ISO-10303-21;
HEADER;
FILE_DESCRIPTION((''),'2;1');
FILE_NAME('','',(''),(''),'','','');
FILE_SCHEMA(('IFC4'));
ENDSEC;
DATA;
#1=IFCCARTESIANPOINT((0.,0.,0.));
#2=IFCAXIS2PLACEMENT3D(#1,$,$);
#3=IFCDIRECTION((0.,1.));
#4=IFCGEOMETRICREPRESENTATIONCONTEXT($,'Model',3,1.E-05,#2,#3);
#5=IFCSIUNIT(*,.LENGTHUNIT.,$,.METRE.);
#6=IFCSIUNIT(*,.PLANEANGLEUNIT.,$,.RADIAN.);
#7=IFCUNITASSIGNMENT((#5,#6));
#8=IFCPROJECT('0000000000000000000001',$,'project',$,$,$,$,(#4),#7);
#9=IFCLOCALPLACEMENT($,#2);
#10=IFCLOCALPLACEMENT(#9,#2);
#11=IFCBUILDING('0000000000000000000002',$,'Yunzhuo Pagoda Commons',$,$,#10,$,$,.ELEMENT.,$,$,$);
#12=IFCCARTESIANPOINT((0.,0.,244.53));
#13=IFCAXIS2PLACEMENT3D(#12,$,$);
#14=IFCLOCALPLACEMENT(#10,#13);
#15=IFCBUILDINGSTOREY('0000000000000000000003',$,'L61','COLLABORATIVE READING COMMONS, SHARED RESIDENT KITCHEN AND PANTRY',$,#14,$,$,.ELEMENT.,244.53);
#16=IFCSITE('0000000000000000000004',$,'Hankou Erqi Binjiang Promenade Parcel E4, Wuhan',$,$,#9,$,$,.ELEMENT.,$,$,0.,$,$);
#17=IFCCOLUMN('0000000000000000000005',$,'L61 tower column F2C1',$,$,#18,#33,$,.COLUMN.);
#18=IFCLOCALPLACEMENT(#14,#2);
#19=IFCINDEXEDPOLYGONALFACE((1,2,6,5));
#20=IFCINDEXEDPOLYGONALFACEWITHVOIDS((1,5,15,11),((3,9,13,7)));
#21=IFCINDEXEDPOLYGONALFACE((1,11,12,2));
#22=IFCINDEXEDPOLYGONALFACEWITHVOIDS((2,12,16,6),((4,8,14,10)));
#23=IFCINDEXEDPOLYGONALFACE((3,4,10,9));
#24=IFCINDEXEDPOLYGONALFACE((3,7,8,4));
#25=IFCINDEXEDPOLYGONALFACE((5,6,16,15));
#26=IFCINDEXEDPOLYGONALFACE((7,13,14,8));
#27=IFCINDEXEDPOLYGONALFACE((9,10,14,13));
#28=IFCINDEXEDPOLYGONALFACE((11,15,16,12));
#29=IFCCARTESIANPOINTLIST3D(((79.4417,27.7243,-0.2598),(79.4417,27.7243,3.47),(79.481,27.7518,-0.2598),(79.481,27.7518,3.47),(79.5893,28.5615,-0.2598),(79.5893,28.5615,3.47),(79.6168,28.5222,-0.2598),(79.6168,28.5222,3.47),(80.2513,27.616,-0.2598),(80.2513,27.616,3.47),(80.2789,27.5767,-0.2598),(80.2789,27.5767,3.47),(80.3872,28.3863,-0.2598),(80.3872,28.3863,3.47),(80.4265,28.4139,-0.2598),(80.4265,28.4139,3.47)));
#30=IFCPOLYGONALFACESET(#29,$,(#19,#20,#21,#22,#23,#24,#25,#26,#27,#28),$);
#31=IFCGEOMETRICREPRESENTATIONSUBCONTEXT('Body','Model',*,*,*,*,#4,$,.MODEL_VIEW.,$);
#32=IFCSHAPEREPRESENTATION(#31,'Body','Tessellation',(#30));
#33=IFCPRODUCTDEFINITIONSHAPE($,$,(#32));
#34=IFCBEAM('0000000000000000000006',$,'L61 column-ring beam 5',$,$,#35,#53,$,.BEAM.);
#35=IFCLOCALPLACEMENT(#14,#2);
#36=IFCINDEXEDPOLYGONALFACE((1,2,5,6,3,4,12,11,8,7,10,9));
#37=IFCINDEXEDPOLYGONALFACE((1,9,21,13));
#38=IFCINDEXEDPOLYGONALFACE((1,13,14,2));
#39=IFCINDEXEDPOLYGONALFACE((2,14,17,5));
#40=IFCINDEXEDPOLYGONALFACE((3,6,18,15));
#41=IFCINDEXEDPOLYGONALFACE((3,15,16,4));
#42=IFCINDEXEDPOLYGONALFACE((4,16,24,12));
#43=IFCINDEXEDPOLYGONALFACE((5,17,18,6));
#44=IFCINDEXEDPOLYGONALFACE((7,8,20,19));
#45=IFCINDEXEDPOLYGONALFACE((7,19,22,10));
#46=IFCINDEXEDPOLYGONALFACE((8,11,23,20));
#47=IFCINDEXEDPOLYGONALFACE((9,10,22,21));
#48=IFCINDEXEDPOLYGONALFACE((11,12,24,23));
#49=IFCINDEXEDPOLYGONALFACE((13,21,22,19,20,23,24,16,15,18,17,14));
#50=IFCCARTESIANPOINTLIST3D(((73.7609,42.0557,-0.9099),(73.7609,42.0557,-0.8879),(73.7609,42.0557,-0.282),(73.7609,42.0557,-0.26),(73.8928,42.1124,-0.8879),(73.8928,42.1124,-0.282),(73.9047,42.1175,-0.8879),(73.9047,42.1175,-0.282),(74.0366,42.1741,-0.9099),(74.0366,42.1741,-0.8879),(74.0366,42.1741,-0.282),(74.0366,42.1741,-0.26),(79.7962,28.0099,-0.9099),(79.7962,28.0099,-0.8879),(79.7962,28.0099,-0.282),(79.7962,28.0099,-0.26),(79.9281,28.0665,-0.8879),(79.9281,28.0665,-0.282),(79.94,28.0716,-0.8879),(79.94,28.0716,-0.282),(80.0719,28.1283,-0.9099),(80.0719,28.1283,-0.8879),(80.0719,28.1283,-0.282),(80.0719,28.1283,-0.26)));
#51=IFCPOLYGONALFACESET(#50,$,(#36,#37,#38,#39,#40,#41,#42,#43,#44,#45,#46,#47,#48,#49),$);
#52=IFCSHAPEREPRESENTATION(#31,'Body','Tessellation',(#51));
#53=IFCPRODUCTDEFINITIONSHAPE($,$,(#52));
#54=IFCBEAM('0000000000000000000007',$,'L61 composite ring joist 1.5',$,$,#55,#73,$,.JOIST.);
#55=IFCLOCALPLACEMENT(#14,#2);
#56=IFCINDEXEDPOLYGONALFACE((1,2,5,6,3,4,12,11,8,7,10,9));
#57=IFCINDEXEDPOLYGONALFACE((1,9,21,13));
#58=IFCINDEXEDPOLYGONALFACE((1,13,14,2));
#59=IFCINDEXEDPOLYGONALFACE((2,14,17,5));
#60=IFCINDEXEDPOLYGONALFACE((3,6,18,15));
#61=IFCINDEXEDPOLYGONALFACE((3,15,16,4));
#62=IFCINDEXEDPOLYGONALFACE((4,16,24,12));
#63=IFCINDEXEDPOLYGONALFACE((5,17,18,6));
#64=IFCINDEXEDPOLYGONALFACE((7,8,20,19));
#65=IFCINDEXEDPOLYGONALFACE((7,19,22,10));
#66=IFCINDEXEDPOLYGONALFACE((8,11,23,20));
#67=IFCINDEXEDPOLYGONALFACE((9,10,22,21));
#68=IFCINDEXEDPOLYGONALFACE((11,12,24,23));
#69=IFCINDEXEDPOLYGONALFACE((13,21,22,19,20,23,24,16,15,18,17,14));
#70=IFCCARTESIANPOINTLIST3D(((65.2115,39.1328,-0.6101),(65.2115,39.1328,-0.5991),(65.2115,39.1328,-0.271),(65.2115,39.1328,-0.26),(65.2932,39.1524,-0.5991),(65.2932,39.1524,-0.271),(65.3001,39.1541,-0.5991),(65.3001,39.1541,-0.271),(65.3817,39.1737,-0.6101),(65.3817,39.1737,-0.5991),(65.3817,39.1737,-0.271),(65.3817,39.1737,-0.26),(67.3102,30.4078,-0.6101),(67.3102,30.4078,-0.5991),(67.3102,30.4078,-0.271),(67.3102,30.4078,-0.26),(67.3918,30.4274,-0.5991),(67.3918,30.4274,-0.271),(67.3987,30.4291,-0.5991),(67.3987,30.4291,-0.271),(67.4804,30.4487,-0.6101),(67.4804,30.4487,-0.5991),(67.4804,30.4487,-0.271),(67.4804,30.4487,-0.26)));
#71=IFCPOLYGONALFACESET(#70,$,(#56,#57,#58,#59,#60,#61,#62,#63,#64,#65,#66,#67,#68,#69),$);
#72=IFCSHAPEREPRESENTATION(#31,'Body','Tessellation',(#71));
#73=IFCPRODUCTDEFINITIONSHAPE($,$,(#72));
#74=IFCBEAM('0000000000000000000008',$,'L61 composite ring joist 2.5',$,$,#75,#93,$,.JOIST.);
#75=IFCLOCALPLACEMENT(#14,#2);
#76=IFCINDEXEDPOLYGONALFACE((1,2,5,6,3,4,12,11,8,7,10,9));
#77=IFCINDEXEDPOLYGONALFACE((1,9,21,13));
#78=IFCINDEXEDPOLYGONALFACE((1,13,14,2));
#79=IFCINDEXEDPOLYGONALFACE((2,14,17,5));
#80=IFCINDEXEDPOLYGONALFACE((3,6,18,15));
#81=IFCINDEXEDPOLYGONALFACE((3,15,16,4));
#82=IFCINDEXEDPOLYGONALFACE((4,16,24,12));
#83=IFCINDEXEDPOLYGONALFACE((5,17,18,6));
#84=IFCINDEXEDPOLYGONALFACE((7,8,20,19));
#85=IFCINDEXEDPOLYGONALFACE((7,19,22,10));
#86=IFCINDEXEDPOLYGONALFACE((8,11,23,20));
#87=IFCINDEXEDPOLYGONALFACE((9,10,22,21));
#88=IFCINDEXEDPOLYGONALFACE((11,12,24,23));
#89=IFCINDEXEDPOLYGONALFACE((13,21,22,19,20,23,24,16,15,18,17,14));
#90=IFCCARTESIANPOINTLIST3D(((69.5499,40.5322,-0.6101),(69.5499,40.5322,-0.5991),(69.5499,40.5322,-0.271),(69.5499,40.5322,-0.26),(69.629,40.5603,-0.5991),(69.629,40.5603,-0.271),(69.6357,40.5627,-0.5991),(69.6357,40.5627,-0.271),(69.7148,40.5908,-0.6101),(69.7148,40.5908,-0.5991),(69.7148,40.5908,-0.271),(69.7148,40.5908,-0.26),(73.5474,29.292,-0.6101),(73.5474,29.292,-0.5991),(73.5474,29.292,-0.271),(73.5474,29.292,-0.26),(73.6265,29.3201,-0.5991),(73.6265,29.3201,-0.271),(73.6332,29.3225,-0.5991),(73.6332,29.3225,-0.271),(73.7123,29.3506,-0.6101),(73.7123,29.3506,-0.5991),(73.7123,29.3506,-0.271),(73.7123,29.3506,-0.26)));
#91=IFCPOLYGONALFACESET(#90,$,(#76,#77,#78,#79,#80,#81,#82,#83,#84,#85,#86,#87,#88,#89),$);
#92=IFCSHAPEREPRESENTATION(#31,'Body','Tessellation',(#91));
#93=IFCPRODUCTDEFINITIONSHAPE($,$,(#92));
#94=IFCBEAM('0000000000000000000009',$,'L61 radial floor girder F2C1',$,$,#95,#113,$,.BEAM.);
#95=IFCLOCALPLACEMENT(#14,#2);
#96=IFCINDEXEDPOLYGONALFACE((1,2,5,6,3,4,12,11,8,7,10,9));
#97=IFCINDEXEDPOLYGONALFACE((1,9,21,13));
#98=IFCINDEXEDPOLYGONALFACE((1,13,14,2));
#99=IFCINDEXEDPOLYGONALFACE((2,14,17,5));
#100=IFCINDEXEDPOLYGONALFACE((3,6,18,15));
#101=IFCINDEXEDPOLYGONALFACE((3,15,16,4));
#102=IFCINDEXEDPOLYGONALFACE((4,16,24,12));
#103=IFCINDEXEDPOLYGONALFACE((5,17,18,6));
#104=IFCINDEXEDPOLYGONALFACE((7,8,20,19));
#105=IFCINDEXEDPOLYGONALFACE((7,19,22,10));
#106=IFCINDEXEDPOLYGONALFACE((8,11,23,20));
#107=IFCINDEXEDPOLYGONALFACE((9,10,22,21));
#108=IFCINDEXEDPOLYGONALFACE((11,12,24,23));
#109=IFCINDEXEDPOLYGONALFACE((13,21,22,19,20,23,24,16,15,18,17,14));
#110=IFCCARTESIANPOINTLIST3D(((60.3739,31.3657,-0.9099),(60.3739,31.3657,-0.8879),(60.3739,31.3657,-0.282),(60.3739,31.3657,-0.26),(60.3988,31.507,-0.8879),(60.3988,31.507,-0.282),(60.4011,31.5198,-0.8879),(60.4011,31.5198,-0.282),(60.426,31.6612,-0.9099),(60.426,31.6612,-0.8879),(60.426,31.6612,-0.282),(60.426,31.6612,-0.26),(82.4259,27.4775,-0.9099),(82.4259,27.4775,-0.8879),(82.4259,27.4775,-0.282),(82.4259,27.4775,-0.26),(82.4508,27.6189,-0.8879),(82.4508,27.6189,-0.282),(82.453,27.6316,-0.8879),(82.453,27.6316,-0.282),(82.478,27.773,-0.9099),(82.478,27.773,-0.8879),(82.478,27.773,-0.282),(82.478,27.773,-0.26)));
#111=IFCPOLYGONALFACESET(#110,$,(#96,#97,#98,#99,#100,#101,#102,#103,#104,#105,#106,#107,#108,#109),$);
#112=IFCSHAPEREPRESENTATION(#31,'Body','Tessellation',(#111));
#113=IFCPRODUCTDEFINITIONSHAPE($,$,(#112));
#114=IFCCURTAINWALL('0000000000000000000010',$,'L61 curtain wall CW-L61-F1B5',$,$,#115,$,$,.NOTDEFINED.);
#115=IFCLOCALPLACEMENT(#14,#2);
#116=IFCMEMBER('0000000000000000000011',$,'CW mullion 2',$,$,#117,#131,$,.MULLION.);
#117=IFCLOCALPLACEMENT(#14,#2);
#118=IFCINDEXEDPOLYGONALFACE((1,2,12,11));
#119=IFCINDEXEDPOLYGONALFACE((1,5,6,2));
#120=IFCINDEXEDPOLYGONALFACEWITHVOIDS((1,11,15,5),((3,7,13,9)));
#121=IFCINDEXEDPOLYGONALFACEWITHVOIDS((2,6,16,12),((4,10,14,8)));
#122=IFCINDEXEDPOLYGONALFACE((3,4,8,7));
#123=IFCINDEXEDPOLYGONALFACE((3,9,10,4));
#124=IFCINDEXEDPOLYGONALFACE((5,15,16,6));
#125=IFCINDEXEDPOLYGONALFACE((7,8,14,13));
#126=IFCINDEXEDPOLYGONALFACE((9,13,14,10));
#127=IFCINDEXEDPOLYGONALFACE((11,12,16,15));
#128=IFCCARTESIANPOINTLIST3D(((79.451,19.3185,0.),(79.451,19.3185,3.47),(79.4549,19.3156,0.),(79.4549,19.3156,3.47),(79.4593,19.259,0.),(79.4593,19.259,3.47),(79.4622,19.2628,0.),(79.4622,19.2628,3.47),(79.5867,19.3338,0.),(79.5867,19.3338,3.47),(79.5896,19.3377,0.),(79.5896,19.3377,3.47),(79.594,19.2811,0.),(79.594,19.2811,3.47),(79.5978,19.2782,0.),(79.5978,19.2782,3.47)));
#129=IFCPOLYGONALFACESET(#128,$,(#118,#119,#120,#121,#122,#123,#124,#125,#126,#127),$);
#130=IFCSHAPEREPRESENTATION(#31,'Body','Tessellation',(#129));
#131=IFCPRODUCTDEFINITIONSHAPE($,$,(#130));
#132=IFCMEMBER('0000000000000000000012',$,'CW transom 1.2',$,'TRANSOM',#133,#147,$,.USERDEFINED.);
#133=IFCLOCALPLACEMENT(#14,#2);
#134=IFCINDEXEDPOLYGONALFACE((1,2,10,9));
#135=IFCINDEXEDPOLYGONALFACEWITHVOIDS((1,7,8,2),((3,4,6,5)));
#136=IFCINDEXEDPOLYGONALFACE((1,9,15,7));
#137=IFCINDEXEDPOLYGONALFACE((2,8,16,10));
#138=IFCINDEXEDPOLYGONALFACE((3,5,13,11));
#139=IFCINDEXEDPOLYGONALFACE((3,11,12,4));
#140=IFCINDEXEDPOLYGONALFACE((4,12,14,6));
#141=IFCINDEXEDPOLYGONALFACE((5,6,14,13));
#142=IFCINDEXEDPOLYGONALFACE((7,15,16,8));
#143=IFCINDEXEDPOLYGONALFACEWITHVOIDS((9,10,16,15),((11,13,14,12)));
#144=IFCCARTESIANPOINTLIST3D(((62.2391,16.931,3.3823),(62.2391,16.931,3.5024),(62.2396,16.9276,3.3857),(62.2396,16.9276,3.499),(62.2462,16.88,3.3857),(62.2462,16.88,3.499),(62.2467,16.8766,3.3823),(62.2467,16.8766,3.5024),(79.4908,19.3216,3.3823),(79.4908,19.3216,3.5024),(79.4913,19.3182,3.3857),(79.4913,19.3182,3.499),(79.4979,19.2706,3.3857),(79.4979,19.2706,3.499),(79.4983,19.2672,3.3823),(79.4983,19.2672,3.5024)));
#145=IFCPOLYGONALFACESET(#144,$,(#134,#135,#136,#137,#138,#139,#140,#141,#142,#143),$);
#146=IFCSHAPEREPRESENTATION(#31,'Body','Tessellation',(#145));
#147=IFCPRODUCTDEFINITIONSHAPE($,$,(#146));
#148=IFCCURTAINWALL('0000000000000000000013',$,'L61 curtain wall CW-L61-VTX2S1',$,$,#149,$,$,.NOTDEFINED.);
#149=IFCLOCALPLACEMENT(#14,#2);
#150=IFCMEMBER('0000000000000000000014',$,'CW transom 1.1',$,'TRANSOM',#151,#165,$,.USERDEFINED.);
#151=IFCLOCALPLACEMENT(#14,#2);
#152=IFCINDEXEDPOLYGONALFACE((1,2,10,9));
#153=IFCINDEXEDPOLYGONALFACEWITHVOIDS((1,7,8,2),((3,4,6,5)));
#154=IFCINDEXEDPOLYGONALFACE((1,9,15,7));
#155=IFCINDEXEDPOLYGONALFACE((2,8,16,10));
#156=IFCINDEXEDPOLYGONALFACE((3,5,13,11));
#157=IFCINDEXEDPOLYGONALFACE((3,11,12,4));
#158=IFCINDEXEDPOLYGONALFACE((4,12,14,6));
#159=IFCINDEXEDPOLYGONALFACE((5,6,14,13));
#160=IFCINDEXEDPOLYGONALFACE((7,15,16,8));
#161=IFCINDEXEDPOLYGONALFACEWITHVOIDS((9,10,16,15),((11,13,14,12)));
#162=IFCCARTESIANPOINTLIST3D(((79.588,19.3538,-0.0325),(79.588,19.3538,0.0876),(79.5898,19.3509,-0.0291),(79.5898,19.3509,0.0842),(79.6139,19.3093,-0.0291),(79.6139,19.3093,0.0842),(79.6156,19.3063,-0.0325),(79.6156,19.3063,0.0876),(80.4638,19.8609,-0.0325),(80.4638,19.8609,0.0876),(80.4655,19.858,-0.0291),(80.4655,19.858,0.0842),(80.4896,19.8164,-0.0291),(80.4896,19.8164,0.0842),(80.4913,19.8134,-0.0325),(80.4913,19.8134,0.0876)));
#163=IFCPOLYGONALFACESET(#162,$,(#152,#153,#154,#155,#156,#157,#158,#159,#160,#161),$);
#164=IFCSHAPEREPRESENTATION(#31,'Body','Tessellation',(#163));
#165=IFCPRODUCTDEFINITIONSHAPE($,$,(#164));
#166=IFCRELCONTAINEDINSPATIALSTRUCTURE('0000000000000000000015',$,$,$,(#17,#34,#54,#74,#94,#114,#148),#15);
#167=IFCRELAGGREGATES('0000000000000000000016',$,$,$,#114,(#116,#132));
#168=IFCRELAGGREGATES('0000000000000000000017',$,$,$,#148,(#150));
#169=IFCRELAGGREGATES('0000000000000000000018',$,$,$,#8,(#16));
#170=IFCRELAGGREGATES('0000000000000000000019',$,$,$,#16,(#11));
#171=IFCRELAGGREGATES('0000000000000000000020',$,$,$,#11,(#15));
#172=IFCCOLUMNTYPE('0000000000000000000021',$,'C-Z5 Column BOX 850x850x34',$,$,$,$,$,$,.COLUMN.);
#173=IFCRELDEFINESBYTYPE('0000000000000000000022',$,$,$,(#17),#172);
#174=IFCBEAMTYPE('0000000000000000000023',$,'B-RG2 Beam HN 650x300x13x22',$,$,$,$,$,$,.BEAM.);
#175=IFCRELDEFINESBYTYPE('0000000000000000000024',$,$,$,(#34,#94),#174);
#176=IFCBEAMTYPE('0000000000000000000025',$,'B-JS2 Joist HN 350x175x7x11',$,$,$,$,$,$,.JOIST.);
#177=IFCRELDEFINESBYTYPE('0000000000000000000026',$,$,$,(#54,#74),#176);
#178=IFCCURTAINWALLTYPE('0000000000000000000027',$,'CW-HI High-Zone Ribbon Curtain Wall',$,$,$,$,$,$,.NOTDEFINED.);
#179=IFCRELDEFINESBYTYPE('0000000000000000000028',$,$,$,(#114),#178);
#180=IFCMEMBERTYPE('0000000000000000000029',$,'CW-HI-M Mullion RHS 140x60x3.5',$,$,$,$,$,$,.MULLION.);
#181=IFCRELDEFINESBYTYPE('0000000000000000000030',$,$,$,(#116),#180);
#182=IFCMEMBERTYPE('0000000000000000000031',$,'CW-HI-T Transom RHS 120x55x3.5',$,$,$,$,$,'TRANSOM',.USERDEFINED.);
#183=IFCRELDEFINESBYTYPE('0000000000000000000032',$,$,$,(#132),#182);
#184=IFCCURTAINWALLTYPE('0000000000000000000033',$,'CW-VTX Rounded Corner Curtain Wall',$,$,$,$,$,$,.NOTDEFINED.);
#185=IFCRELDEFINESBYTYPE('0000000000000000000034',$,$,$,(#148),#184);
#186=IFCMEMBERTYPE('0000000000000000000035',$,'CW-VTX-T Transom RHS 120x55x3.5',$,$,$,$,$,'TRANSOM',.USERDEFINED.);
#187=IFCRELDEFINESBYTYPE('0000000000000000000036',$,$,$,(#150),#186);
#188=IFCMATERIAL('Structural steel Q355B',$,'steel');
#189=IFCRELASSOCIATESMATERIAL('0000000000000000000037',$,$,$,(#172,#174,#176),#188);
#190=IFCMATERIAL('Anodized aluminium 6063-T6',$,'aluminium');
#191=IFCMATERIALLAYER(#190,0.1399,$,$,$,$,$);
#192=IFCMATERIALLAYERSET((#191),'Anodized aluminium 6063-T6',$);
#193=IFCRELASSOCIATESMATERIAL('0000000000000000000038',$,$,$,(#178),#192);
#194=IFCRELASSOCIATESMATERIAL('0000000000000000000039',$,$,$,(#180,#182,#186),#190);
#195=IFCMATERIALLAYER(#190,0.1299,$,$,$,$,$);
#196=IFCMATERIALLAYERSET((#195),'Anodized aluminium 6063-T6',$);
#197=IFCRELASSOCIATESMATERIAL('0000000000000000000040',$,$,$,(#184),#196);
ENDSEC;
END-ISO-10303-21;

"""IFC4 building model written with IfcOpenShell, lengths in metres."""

from ifc_helpers import new_model, si_unit, direction, frame, origin, origin_2d, place, context, subcontext, project, spatial, hollow_rectangle, i_section, extrude, source, transform, mapped, material, layer, layer_set, material_profile, profile_set, type_object, element, aggregate, save


model = new_model("IFC4")

# Units and contexts
model_context = context("Model", 3, precision=1e-05, world=origin(), true_north=direction((0.0, 1.0)))
body_context = subcontext(model_context, "Body", "Model", "MODEL_VIEW")
ifc_project = project(units=[si_unit("LENGTHUNIT", "METRE"), si_unit("PLANEANGLEUNIT", "RADIAN")], contexts=[model_context])

# Site, building, storey
site_placement = place(None, origin())
site = spatial("IfcSite", under=ifc_project, at=site_placement, Name="Hankou Erqi Binjiang Promenade Parcel E4, Wuhan", CompositionType="ELEMENT", RefElevation=0.0)
building_placement = place(site_placement, origin())
building = spatial("IfcBuilding", under=site, at=building_placement, Name="Yunzhuo Pagoda Commons", CompositionType="ELEMENT")
storey_placement = place(building_placement, frame((0.0, 0.0, 244.53)))
storey = spatial("IfcBuildingStorey", under=building, at=storey_placement, Name="L61", Description="COLLABORATIVE READING COMMONS, SHARED RESIDENT KITCHEN AND PANTRY", CompositionType="ELEMENT", Elevation=244.53)

# Column
ifc_material_1 = material(Name="Structural steel Q355B", Category="steel")
ifc_material_profile_1 = material_profile(ifc_material_1, hollow_rectangle(XDim=0.8501, YDim=0.8501, WallThickness=0.0339, at=origin_2d()), Name="Structural steel Q355B")
ifc_profile_set_1 = profile_set([ifc_material_profile_1], Name="Structural steel Q355B")
column_type = type_object("IfcColumnType", Name="C-Z5 Column BOX 850x850x34", PredefinedType="COLUMN", material=ifc_profile_set_1)
shared_shape_1 = source(origin(), body_context, "Body", "SweptSolid", [
    extrude(hollow_rectangle(XDim=0.8501, YDim=0.8501, WallThickness=0.0339, at=origin_2d()), origin(), (0.0, 0.0, 1.0), 3.7297),
])
column_placement = place(storey_placement, frame((79.9341, 28.0691, -0.2598), z_axis=(0.0, 0.0, 1.0), x_axis=(0.173648, 0.984808, 0.0)))
element("IfcColumn", 1, at=column_placement, inside=storey, type_object=column_type, Name="L61 tower column F2C1", PredefinedType="COLUMN", context=body_context, shape_type="MappedRepresentation", body=[
    mapped(shared_shape_1, transform((0.0, 0.0, 0.0), scale=1.0)),
])

# Beams
ifc_material_profile_2 = material_profile(ifc_material_1, i_section(OverallWidth=0.3, OverallDepth=0.6499, WebThickness=0.0129, FlangeThickness=0.022, at=origin_2d()), Name="Structural steel Q355B")
ifc_profile_set_2 = profile_set([ifc_material_profile_2], Name="Structural steel Q355B")
beam_type_1 = type_object("IfcBeamType", Name="B-RG2 Beam HN 650x300x13x22", PredefinedType="BEAM", material=ifc_profile_set_2)
shared_shape_2 = source(origin(), body_context, "Body", "SweptSolid", [
    extrude(i_section(OverallWidth=0.3, OverallDepth=0.6499, WebThickness=0.0129, FlangeThickness=0.022, at=origin_2d()), origin(), (0.0, 0.0, 1.0), 15.2876),
])
beam_1_placement = place(storey_placement, frame((79.9341, 28.0691, -0.585), z_axis=(-0.394788, 0.918772, 0.0), x_axis=(-0.918772, -0.394788, 0.0)))
element("IfcBeam", 2, at=beam_1_placement, inside=storey, type_object=beam_type_1, Name="L61 column-ring beam 5", PredefinedType="BEAM", context=body_context, shape_type="MappedRepresentation", body=[
    mapped(shared_shape_2, transform((0.0, 0.0, 0.0), scale=1.0)),
])
ifc_material_profile_3 = material_profile(ifc_material_1, i_section(OverallWidth=0.175, OverallDepth=0.3501, WebThickness=0.0071, FlangeThickness=0.011, at=origin_2d()), Name="Structural steel Q355B")
ifc_profile_set_3 = profile_set([ifc_material_profile_3], Name="Structural steel Q355B")
beam_type_2 = type_object("IfcBeamType", Name="B-JS2 Joist HN 350x175x7x11", PredefinedType="JOIST", material=ifc_profile_set_3)
shared_shape_3 = source(origin(), body_context, "Body", "SweptSolid", [
    extrude(i_section(OverallWidth=0.175, OverallDepth=0.3501, WebThickness=0.0071, FlangeThickness=0.011, at=origin_2d()), origin(), (0.0, 0.0, 1.0), 8.9739),
])
beam_2_placement = place(storey_placement, frame((67.3953, 30.4282, -0.4351), z_axis=(-0.233859, 0.972271, 0.0), x_axis=(-0.972271, -0.233859, 0.0)))
element("IfcBeam", 3, at=beam_2_placement, inside=storey, type_object=beam_type_2, Name="L61 composite ring joist 1.5", PredefinedType="JOIST", context=body_context, shape_type="MappedRepresentation", body=[
    mapped(shared_shape_3, transform((0.0, 0.0, 0.0), scale=1.0)),
])
shared_shape_4 = source(origin(), body_context, "Body", "SweptSolid", [
    extrude(i_section(OverallWidth=0.175, OverallDepth=0.3501, WebThickness=0.0071, FlangeThickness=0.011, at=origin_2d()), origin(), (0.0, 0.0, 1.0), 11.9299),
])
beam_3_placement = place(storey_placement, frame((73.6299, 29.3213, -0.4351), z_axis=(-0.335086, 0.942187, 0.0), x_axis=(-0.942187, -0.335086, 0.0)))
element("IfcBeam", 4, at=beam_3_placement, inside=storey, type_object=beam_type_2, Name="L61 composite ring joist 2.5", PredefinedType="JOIST", context=body_context, shape_type="MappedRepresentation", body=[
    mapped(shared_shape_4, transform((0.0, 0.0, 0.0), scale=1.0)),
])
shared_shape_5 = source(origin(), body_context, "Body", "SweptSolid", [
    extrude(i_section(OverallWidth=0.3, OverallDepth=0.6499, WebThickness=0.0129, FlangeThickness=0.022, at=origin_2d()), origin(), (0.0, 0.0, 1.0), 22.3921),
])
beam_4_placement = place(storey_placement, frame((82.4519, 27.6252, -0.585), z_axis=(-0.984809, 0.17364, 0.0), x_axis=(-0.17364, -0.984809, 0.0)))
element("IfcBeam", 5, at=beam_4_placement, inside=storey, type_object=beam_type_1, Name="L61 radial floor girder F2C1", PredefinedType="BEAM", context=body_context, shape_type="MappedRepresentation", body=[
    mapped(shared_shape_5, transform((0.0, 0.0, 0.0), scale=1.0)),
])

# Curtain walls, members
ifc_material_2 = material(Name="Anodized aluminium 6063-T6", Category="aluminium")
ifc_layer_1 = layer(ifc_material_2, 0.1399)
ifc_layer_set_1 = layer_set([ifc_layer_1], Name="Anodized aluminium 6063-T6")
curtain_wall_type_1 = type_object("IfcCurtainWallType", Name="CW-HI High-Zone Ribbon Curtain Wall", PredefinedType="NOTDEFINED", material=ifc_layer_set_1)
curtain_wall_1_placement = place(storey_placement, origin())
curtain_wall_1 = element("IfcCurtainWall", 6, at=curtain_wall_1_placement, inside=storey, type_object=curtain_wall_type_1, Name="L61 curtain wall CW-L61-F1B5", PredefinedType="NOTDEFINED")
ifc_material_profile_4 = material_profile(ifc_material_2, hollow_rectangle(XDim=0.0601, YDim=0.1399, WallThickness=0.0034, at=origin_2d()), Name="Anodized aluminium 6063-T6")
ifc_profile_set_4 = profile_set([ifc_material_profile_4], Name="Anodized aluminium 6063-T6")
member_type_1 = type_object("IfcMemberType", Name="CW-HI-M Mullion RHS 140x60x3.5", PredefinedType="MULLION", material=ifc_profile_set_4)
shared_shape_6 = source(origin(), body_context, "Body", "SweptSolid", [
    extrude(hollow_rectangle(XDim=0.0601, YDim=0.1399, WallThickness=0.0034, at=origin_2d()), origin(), (0.0, 0.0, 1.0), 3.47),
])
member_1_placement = place(storey_placement, frame((79.5244, 19.2983, 0.0), z_axis=(0.0, 0.0, 1.0), x_axis=(-0.13725, 0.990536, 0.0)))
member_1 = element("IfcMember", 7, at=member_1_placement, type_object=member_type_1, Name="CW mullion 2", PredefinedType="MULLION", context=body_context, shape_type="MappedRepresentation", body=[
    mapped(shared_shape_6, transform((0.0, 0.0, 0.0), scale=1.0)),
])
ifc_material_profile_5 = material_profile(ifc_material_2, hollow_rectangle(XDim=0.0549, YDim=0.1201, WallThickness=0.0034, at=origin_2d()), Name="Anodized aluminium 6063-T6")
ifc_profile_set_5 = profile_set([ifc_material_profile_5], Name="Anodized aluminium 6063-T6")
member_type_2 = type_object("IfcMemberType", Name="CW-HI-T Transom RHS 120x55x3.5", ElementType="TRANSOM", PredefinedType="USERDEFINED", material=ifc_profile_set_5)
shared_shape_7 = source(origin(), body_context, "Body", "SweptSolid", [
    extrude(hollow_rectangle(XDim=0.0549, YDim=0.1201, WallThickness=0.0034, at=origin_2d()), origin(), (0.0, 0.0, 1.0), 17.4165),
])
member_2_placement = place(storey_placement, frame((62.2429, 16.9038, 3.4424), z_axis=(0.990535, 0.137262, 0.0), x_axis=(-0.137262, 0.990535, 0.0)))
member_2 = element("IfcMember", 8, at=member_2_placement, type_object=member_type_2, Name="CW transom 1.2", ObjectType="TRANSOM", PredefinedType="USERDEFINED", context=body_context, shape_type="MappedRepresentation", body=[
    mapped(shared_shape_7, transform((0.0, 0.0, 0.0), scale=1.0)),
])
ifc_layer_2 = layer(ifc_material_2, 0.1299)
ifc_layer_set_2 = layer_set([ifc_layer_2], Name="Anodized aluminium 6063-T6")
curtain_wall_type_2 = type_object("IfcCurtainWallType", Name="CW-VTX Rounded Corner Curtain Wall", PredefinedType="NOTDEFINED", material=ifc_layer_set_2)
curtain_wall_2_placement = place(storey_placement, origin())
curtain_wall_2 = element("IfcCurtainWall", 9, at=curtain_wall_2_placement, inside=storey, type_object=curtain_wall_type_2, Name="L61 curtain wall CW-L61-VTX2S1", PredefinedType="NOTDEFINED")
ifc_material_profile_6 = material_profile(ifc_material_2, hollow_rectangle(XDim=0.0549, YDim=0.1201, WallThickness=0.0034, at=origin_2d()), Name="Anodized aluminium 6063-T6")
ifc_profile_set_6 = profile_set([ifc_material_profile_6], Name="Anodized aluminium 6063-T6")
member_type_3 = type_object("IfcMemberType", Name="CW-VTX-T Transom RHS 120x55x3.5", ElementType="TRANSOM", PredefinedType="USERDEFINED", material=ifc_profile_set_6)
shared_shape_8 = source(origin(), body_context, "Body", "SweptSolid", [
    extrude(hollow_rectangle(XDim=0.0549, YDim=0.1201, WallThickness=0.0034, at=origin_2d()), origin(), (0.0, 0.0, 1.0), 1.012),
])
member_3_placement = place(storey_placement, frame((79.6018, 19.3301, 0.0276), z_axis=(0.865393, 0.501093, 0.0), x_axis=(-0.501093, 0.865393, 0.0)))
member_3 = element("IfcMember", 10, at=member_3_placement, type_object=member_type_3, Name="CW transom 1.1", ObjectType="TRANSOM", PredefinedType="USERDEFINED", context=body_context, shape_type="MappedRepresentation", body=[
    mapped(shared_shape_8, transform((0.0, 0.0, 0.0), scale=1.0)),
])

aggregate(curtain_wall_1, [member_1, member_2])
aggregate(curtain_wall_2, [member_3])

save(model, "model.ifc")
